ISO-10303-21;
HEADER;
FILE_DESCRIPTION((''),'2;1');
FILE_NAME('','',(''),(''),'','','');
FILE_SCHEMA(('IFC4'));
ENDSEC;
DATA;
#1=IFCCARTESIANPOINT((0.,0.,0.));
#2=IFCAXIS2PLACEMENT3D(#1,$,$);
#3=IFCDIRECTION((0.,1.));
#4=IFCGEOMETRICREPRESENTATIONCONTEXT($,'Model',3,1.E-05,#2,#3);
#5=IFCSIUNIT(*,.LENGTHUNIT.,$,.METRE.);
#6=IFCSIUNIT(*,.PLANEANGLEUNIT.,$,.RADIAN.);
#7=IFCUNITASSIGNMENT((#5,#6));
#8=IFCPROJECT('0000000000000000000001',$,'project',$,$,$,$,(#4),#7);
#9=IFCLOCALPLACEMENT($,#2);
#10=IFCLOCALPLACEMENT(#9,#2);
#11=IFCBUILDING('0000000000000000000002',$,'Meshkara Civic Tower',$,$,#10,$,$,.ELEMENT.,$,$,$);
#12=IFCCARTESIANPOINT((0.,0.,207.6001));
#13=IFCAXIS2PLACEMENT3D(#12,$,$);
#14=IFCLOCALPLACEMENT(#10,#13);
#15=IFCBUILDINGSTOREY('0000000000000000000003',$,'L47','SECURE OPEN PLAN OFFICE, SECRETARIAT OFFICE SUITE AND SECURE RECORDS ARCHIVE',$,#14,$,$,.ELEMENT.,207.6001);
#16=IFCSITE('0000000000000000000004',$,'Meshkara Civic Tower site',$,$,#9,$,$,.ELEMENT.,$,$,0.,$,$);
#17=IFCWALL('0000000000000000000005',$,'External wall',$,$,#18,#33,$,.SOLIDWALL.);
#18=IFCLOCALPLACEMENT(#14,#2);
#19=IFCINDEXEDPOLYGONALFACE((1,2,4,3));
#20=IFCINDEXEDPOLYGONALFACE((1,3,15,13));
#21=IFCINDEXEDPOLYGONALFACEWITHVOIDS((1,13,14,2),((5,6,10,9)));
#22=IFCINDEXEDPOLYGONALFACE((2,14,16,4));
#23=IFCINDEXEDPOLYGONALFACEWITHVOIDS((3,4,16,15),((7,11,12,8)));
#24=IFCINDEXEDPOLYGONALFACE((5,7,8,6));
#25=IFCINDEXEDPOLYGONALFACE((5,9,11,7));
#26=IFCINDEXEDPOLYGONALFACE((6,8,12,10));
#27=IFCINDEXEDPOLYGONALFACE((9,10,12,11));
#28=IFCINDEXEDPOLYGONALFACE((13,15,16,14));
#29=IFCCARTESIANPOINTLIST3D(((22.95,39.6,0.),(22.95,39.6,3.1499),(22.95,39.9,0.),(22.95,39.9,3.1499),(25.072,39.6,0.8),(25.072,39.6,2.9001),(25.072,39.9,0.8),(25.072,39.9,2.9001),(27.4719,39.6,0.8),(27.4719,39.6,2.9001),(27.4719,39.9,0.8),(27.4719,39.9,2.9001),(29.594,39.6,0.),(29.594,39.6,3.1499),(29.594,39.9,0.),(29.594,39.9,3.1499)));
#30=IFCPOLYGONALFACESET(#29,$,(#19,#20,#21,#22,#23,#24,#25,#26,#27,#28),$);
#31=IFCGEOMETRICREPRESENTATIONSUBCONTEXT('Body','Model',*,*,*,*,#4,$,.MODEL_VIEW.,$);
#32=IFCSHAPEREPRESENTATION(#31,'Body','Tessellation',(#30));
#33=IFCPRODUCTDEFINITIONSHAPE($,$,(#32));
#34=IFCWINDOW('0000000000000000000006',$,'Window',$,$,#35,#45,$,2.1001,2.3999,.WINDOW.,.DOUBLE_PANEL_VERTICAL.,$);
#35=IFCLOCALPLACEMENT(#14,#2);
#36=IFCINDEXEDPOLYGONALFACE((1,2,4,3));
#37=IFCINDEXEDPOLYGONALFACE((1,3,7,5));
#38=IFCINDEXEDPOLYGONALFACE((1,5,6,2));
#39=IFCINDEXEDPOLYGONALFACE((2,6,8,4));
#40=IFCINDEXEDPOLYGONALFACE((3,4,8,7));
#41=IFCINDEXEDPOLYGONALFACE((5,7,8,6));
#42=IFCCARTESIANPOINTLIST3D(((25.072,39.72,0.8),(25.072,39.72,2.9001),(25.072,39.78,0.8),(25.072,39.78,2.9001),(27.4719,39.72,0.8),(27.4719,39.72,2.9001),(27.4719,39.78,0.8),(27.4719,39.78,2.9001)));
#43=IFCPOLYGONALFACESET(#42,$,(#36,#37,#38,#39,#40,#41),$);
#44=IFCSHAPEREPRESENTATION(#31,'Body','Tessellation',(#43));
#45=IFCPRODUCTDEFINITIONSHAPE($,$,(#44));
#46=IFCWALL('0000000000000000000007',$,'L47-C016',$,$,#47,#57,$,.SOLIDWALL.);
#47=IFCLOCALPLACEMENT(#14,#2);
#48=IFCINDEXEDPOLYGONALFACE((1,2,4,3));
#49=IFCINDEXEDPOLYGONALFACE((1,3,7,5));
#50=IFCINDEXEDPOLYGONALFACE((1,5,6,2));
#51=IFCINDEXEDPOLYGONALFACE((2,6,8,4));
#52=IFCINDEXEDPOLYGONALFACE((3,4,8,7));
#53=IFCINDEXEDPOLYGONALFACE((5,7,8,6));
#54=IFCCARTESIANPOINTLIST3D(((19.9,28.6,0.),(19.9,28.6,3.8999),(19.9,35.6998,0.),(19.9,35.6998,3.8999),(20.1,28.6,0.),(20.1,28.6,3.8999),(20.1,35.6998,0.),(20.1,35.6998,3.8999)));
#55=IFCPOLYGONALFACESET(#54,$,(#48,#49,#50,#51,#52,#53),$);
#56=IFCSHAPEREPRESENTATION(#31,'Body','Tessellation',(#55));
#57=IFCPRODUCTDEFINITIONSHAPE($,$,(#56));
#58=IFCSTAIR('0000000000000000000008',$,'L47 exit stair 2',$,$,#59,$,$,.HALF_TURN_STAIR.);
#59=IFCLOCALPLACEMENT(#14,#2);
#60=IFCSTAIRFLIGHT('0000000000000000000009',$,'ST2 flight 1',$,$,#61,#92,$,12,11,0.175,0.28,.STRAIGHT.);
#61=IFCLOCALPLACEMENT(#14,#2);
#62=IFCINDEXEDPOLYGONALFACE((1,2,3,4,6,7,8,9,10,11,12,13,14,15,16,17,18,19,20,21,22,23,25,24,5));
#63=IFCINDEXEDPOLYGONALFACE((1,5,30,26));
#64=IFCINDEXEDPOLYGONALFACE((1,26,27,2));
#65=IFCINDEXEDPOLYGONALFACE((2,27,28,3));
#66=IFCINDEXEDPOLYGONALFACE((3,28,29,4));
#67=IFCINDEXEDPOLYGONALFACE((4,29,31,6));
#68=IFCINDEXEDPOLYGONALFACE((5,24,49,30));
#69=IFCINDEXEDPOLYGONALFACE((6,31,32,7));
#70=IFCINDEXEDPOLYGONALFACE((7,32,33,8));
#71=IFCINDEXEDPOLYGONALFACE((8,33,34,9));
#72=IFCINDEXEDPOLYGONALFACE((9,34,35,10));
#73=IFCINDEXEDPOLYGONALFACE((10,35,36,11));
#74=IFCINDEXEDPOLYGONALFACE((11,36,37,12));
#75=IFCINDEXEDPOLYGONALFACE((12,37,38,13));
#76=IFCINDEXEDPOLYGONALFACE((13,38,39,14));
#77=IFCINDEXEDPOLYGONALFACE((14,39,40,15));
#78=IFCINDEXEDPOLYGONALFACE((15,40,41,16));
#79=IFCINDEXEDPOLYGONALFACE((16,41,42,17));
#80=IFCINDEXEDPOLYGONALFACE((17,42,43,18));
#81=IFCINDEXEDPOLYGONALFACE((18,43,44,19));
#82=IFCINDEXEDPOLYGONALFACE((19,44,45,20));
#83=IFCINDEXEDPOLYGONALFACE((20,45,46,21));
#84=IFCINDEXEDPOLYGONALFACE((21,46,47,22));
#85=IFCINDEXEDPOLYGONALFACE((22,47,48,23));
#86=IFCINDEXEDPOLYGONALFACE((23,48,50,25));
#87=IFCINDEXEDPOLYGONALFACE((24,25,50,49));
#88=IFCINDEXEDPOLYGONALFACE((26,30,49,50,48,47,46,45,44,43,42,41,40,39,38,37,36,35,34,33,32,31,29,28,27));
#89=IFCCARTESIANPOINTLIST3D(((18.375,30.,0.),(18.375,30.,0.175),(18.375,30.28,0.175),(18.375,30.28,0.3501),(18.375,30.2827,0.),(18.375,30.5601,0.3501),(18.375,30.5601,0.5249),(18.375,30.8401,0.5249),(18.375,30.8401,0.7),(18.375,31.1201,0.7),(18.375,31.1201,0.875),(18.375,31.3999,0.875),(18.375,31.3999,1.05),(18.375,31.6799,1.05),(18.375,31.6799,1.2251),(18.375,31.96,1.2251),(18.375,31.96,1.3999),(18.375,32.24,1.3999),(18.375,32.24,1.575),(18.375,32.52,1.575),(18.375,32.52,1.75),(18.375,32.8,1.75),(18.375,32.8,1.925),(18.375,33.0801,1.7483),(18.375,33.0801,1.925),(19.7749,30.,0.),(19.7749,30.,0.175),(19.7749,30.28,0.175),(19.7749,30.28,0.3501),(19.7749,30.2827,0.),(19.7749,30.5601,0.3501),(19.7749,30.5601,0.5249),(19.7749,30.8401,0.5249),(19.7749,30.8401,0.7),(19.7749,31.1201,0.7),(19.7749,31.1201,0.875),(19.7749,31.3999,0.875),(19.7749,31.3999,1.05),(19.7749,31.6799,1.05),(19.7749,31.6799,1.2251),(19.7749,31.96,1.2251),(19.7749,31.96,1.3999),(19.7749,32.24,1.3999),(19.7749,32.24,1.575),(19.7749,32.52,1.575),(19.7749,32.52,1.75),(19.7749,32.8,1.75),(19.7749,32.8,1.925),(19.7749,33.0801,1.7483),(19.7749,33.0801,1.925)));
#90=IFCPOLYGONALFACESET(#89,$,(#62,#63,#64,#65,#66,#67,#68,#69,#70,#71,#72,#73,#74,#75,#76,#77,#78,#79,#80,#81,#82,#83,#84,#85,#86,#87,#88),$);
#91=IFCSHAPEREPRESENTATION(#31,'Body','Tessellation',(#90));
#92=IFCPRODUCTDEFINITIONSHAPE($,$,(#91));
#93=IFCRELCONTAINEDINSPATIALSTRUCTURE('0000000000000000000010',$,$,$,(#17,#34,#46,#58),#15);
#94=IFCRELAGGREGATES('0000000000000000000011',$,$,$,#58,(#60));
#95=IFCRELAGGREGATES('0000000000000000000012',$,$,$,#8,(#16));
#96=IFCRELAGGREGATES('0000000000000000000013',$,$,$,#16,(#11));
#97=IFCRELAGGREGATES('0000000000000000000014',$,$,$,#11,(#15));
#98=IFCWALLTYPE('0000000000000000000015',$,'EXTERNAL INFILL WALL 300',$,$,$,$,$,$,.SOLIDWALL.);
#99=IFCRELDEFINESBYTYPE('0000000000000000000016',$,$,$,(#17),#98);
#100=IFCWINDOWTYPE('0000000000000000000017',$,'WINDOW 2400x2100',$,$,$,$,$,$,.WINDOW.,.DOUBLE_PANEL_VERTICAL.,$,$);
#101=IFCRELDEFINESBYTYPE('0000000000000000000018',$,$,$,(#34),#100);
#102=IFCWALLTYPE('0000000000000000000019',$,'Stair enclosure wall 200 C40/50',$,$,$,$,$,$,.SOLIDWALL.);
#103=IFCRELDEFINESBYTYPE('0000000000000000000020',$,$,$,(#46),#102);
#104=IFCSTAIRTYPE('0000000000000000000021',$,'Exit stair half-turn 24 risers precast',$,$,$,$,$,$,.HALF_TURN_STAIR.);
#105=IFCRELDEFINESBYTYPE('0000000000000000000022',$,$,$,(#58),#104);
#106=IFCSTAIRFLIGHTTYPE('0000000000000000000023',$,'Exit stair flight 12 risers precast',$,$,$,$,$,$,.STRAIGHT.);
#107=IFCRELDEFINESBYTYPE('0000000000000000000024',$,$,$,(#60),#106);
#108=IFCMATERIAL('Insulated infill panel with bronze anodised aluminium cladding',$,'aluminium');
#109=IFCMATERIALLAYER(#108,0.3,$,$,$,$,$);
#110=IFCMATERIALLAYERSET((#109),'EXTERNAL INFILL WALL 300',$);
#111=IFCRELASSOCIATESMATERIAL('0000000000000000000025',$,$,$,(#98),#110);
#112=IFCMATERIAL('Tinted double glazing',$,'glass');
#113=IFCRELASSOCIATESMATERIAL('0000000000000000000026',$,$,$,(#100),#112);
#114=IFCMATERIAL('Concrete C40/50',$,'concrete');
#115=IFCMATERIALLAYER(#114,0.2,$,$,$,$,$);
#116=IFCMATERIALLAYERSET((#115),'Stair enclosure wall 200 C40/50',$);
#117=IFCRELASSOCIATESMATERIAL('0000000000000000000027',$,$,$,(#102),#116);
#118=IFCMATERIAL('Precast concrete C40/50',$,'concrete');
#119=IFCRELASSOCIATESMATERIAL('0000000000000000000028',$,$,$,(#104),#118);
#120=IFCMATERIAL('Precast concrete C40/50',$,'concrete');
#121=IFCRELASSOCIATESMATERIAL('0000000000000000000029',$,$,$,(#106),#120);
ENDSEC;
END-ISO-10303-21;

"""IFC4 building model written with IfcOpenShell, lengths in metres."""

from ifc_helpers import new_model, si_unit, direction, frame, frame_2d, origin, place, context, subcontext, project, spatial, polyline, rectangle, outline, extrude, material, layer, layer_set, type_object, element, fill, aggregate, save


model = new_model("IFC4")

# Units and contexts
model_context = context("Model", 3, precision=1e-05, world=origin(), true_north=direction((0.0, 1.0)))
body_context = subcontext(model_context, "Body", "Model", "MODEL_VIEW")
ifc_project = project(units=[si_unit("LENGTHUNIT", "METRE"), si_unit("PLANEANGLEUNIT", "RADIAN")], contexts=[model_context])

# Site, building, storey
site_placement = place(None, origin())
site = spatial("IfcSite", under=ifc_project, at=site_placement, Name="Meshkara Civic Tower site", CompositionType="ELEMENT", RefElevation=0.0)
building_placement = place(site_placement, origin())
building = spatial("IfcBuilding", under=site, at=building_placement, Name="Meshkara Civic Tower", CompositionType="ELEMENT")
storey_placement = place(building_placement, frame((0.0, 0.0, 207.6001)))
storey = spatial("IfcBuildingStorey", under=building, at=storey_placement, Name="L47", Description="SECURE OPEN PLAN OFFICE, SECRETARIAT OFFICE SUITE AND SECURE RECORDS ARCHIVE", CompositionType="ELEMENT", Elevation=207.6001)

# Wall, opening, window
ifc_material_1 = material(Name="Insulated infill panel with bronze anodised aluminium cladding", Category="aluminium")
ifc_layer_1 = layer(ifc_material_1, 0.3)
ifc_layer_set_1 = layer_set([ifc_layer_1], Name="EXTERNAL INFILL WALL 300")
wall_type_1 = type_object("IfcWallType", Name="EXTERNAL INFILL WALL 300", PredefinedType="SOLIDWALL", material=ifc_layer_set_1)
ifc_material_2 = material(Name="Tinted double glazing", Category="glass")
window_type_1 = type_object("IfcWindowType", Name="WINDOW 2400x2100", PartitioningType="DOUBLE_PANEL_VERTICAL", PredefinedType="WINDOW", material=ifc_material_2)
wall_1_placement = place(storey_placement, frame((29.594, 39.75, 0.0), z_axis=(0.0, 0.0, 1.0), x_axis=(-1.0, 0.0, 0.0)))
wall_1 = element("IfcWall", 1, at=wall_1_placement, inside=storey, type_object=wall_type_1, Name="External wall", PredefinedType="SOLIDWALL", context=body_context, shape_type="SweptSolid", body=[
    extrude(rectangle(XDim=6.644, YDim=0.3, at=frame_2d((3.322, 0.0))), origin(), (0.0, 0.0, 1.0), 3.1499),
])
opening_1_placement = place(wall_1_placement, frame((2.1221, 0.0, 0.8)))
opening_1 = element("IfcOpeningElement", 2, at=opening_1_placement, cuts=wall_1, PredefinedType="OPENING", context=body_context, shape_type="SweptSolid", body=[
    extrude(rectangle(XDim=2.3999, YDim=2.1001, at=frame_2d((1.2, 1.05))), frame((0.0, 0.1599, 0.0), z_axis=(0.0, -1.0, 0.0), x_axis=(1.0, 0.0, 0.0)), (0.0, 0.0, 1.0), 0.3201),
])
window_1_placement = place(opening_1_placement, origin())
window_1 = element("IfcWindow", 3, at=window_1_placement, inside=storey, type_object=window_type_1, Name="Window", OverallHeight=2.1001, OverallWidth=2.3999, PartitioningType="DOUBLE_PANEL_VERTICAL", PredefinedType="WINDOW", context=body_context, shape_type="SweptSolid", body=[
    extrude(rectangle(XDim=2.3999, YDim=2.1001, at=frame_2d((1.2, 1.05))), frame((0.0, 0.03, 0.0), z_axis=(0.0, -1.0, 0.0), x_axis=(1.0, 0.0, 0.0)), (0.0, 0.0, 1.0), 0.0601),
])
fill(opening_1, window_1)

# Wall
ifc_material_3 = material(Name="Concrete C40/50", Category="concrete")
ifc_layer_2 = layer(ifc_material_3, 0.2)
ifc_layer_set_2 = layer_set([ifc_layer_2], Name="Stair enclosure wall 200 C40/50")
wall_type_2 = type_object("IfcWallType", Name="Stair enclosure wall 200 C40/50", PredefinedType="SOLIDWALL", material=ifc_layer_set_2)
wall_2_placement = place(storey_placement, frame((20.0, 28.6001, 0.0), z_axis=(0.0, 0.0, 1.0), x_axis=(0.0, 1.0, 0.0)))
element("IfcWall", 4, at=wall_2_placement, inside=storey, type_object=wall_type_2, Name="L47-C016", PredefinedType="SOLIDWALL", context=body_context, shape_type="SweptSolid", body=[
    extrude(rectangle(XDim=7.0999, YDim=0.2, at=frame_2d((3.5498, 0.0))), origin(), (0.0, 0.0, 1.0), 3.8999),
])

# Stair, stair flight
ifc_material_4 = material(Name="Precast concrete C40/50", Category="concrete")
stair_type = type_object("IfcStairType", Name="Exit stair half-turn 24 risers precast", PredefinedType="HALF_TURN_STAIR", material=ifc_material_4)
stair_placement = place(storey_placement, origin())
stair = element("IfcStair", 5, at=stair_placement, inside=storey, type_object=stair_type, Name="L47 exit stair 2", PredefinedType="HALF_TURN_STAIR")
ifc_material_5 = material(Name="Precast concrete C40/50", Category="concrete")
stair_flight_type = type_object("IfcStairFlightType", Name="Exit stair flight 12 risers precast", PredefinedType="STRAIGHT", material=ifc_material_5)
stair_flight_placement = place(storey_placement, frame((19.075, 30.0, 0.0), z_axis=(0.0, 0.0, 1.0), x_axis=(0.0, 1.0, 0.0)))
stair_flight = element("IfcStairFlight", 6, at=stair_flight_placement, type_object=stair_flight_type, Name="ST2 flight 1", NumberOfRisers=12, NumberOfTreads=11, PredefinedType="STRAIGHT", RiserHeight=0.175, TreadLength=0.28, context=body_context, shape_type="SweptSolid", body=[
    extrude(outline(polyline([(0.0, 0.0), (0.0, 0.175), (0.28, 0.175), (0.28, 0.3501), (0.5601, 0.3501), (0.5601, 0.5249), (0.8401, 0.5249), (0.8401, 0.7), (1.1201, 0.7), (1.1201, 0.875), (1.3999, 0.875), (1.3999, 1.05), (1.6799, 1.05), (1.6799, 1.2251), (1.96, 1.2251), (1.96, 1.3999), (2.24, 1.3999), (2.24, 1.575), (2.52, 1.575), (2.52, 1.75), (2.8, 1.75), (2.8, 1.925), (3.0801, 1.925), (3.0801, 2.1001), (3.0801, 1.7483), (0.2827, 0.0), (0.0, 0.0)])), frame((0.0, 0.7, 0.0), z_axis=(0.0, -1.0, 0.0), x_axis=(1.0, 0.0, 0.0)), (0.0, 0.0, 1.0), 1.3999),
])
aggregate(stair, [stair_flight])

save(model, "model.ifc")
